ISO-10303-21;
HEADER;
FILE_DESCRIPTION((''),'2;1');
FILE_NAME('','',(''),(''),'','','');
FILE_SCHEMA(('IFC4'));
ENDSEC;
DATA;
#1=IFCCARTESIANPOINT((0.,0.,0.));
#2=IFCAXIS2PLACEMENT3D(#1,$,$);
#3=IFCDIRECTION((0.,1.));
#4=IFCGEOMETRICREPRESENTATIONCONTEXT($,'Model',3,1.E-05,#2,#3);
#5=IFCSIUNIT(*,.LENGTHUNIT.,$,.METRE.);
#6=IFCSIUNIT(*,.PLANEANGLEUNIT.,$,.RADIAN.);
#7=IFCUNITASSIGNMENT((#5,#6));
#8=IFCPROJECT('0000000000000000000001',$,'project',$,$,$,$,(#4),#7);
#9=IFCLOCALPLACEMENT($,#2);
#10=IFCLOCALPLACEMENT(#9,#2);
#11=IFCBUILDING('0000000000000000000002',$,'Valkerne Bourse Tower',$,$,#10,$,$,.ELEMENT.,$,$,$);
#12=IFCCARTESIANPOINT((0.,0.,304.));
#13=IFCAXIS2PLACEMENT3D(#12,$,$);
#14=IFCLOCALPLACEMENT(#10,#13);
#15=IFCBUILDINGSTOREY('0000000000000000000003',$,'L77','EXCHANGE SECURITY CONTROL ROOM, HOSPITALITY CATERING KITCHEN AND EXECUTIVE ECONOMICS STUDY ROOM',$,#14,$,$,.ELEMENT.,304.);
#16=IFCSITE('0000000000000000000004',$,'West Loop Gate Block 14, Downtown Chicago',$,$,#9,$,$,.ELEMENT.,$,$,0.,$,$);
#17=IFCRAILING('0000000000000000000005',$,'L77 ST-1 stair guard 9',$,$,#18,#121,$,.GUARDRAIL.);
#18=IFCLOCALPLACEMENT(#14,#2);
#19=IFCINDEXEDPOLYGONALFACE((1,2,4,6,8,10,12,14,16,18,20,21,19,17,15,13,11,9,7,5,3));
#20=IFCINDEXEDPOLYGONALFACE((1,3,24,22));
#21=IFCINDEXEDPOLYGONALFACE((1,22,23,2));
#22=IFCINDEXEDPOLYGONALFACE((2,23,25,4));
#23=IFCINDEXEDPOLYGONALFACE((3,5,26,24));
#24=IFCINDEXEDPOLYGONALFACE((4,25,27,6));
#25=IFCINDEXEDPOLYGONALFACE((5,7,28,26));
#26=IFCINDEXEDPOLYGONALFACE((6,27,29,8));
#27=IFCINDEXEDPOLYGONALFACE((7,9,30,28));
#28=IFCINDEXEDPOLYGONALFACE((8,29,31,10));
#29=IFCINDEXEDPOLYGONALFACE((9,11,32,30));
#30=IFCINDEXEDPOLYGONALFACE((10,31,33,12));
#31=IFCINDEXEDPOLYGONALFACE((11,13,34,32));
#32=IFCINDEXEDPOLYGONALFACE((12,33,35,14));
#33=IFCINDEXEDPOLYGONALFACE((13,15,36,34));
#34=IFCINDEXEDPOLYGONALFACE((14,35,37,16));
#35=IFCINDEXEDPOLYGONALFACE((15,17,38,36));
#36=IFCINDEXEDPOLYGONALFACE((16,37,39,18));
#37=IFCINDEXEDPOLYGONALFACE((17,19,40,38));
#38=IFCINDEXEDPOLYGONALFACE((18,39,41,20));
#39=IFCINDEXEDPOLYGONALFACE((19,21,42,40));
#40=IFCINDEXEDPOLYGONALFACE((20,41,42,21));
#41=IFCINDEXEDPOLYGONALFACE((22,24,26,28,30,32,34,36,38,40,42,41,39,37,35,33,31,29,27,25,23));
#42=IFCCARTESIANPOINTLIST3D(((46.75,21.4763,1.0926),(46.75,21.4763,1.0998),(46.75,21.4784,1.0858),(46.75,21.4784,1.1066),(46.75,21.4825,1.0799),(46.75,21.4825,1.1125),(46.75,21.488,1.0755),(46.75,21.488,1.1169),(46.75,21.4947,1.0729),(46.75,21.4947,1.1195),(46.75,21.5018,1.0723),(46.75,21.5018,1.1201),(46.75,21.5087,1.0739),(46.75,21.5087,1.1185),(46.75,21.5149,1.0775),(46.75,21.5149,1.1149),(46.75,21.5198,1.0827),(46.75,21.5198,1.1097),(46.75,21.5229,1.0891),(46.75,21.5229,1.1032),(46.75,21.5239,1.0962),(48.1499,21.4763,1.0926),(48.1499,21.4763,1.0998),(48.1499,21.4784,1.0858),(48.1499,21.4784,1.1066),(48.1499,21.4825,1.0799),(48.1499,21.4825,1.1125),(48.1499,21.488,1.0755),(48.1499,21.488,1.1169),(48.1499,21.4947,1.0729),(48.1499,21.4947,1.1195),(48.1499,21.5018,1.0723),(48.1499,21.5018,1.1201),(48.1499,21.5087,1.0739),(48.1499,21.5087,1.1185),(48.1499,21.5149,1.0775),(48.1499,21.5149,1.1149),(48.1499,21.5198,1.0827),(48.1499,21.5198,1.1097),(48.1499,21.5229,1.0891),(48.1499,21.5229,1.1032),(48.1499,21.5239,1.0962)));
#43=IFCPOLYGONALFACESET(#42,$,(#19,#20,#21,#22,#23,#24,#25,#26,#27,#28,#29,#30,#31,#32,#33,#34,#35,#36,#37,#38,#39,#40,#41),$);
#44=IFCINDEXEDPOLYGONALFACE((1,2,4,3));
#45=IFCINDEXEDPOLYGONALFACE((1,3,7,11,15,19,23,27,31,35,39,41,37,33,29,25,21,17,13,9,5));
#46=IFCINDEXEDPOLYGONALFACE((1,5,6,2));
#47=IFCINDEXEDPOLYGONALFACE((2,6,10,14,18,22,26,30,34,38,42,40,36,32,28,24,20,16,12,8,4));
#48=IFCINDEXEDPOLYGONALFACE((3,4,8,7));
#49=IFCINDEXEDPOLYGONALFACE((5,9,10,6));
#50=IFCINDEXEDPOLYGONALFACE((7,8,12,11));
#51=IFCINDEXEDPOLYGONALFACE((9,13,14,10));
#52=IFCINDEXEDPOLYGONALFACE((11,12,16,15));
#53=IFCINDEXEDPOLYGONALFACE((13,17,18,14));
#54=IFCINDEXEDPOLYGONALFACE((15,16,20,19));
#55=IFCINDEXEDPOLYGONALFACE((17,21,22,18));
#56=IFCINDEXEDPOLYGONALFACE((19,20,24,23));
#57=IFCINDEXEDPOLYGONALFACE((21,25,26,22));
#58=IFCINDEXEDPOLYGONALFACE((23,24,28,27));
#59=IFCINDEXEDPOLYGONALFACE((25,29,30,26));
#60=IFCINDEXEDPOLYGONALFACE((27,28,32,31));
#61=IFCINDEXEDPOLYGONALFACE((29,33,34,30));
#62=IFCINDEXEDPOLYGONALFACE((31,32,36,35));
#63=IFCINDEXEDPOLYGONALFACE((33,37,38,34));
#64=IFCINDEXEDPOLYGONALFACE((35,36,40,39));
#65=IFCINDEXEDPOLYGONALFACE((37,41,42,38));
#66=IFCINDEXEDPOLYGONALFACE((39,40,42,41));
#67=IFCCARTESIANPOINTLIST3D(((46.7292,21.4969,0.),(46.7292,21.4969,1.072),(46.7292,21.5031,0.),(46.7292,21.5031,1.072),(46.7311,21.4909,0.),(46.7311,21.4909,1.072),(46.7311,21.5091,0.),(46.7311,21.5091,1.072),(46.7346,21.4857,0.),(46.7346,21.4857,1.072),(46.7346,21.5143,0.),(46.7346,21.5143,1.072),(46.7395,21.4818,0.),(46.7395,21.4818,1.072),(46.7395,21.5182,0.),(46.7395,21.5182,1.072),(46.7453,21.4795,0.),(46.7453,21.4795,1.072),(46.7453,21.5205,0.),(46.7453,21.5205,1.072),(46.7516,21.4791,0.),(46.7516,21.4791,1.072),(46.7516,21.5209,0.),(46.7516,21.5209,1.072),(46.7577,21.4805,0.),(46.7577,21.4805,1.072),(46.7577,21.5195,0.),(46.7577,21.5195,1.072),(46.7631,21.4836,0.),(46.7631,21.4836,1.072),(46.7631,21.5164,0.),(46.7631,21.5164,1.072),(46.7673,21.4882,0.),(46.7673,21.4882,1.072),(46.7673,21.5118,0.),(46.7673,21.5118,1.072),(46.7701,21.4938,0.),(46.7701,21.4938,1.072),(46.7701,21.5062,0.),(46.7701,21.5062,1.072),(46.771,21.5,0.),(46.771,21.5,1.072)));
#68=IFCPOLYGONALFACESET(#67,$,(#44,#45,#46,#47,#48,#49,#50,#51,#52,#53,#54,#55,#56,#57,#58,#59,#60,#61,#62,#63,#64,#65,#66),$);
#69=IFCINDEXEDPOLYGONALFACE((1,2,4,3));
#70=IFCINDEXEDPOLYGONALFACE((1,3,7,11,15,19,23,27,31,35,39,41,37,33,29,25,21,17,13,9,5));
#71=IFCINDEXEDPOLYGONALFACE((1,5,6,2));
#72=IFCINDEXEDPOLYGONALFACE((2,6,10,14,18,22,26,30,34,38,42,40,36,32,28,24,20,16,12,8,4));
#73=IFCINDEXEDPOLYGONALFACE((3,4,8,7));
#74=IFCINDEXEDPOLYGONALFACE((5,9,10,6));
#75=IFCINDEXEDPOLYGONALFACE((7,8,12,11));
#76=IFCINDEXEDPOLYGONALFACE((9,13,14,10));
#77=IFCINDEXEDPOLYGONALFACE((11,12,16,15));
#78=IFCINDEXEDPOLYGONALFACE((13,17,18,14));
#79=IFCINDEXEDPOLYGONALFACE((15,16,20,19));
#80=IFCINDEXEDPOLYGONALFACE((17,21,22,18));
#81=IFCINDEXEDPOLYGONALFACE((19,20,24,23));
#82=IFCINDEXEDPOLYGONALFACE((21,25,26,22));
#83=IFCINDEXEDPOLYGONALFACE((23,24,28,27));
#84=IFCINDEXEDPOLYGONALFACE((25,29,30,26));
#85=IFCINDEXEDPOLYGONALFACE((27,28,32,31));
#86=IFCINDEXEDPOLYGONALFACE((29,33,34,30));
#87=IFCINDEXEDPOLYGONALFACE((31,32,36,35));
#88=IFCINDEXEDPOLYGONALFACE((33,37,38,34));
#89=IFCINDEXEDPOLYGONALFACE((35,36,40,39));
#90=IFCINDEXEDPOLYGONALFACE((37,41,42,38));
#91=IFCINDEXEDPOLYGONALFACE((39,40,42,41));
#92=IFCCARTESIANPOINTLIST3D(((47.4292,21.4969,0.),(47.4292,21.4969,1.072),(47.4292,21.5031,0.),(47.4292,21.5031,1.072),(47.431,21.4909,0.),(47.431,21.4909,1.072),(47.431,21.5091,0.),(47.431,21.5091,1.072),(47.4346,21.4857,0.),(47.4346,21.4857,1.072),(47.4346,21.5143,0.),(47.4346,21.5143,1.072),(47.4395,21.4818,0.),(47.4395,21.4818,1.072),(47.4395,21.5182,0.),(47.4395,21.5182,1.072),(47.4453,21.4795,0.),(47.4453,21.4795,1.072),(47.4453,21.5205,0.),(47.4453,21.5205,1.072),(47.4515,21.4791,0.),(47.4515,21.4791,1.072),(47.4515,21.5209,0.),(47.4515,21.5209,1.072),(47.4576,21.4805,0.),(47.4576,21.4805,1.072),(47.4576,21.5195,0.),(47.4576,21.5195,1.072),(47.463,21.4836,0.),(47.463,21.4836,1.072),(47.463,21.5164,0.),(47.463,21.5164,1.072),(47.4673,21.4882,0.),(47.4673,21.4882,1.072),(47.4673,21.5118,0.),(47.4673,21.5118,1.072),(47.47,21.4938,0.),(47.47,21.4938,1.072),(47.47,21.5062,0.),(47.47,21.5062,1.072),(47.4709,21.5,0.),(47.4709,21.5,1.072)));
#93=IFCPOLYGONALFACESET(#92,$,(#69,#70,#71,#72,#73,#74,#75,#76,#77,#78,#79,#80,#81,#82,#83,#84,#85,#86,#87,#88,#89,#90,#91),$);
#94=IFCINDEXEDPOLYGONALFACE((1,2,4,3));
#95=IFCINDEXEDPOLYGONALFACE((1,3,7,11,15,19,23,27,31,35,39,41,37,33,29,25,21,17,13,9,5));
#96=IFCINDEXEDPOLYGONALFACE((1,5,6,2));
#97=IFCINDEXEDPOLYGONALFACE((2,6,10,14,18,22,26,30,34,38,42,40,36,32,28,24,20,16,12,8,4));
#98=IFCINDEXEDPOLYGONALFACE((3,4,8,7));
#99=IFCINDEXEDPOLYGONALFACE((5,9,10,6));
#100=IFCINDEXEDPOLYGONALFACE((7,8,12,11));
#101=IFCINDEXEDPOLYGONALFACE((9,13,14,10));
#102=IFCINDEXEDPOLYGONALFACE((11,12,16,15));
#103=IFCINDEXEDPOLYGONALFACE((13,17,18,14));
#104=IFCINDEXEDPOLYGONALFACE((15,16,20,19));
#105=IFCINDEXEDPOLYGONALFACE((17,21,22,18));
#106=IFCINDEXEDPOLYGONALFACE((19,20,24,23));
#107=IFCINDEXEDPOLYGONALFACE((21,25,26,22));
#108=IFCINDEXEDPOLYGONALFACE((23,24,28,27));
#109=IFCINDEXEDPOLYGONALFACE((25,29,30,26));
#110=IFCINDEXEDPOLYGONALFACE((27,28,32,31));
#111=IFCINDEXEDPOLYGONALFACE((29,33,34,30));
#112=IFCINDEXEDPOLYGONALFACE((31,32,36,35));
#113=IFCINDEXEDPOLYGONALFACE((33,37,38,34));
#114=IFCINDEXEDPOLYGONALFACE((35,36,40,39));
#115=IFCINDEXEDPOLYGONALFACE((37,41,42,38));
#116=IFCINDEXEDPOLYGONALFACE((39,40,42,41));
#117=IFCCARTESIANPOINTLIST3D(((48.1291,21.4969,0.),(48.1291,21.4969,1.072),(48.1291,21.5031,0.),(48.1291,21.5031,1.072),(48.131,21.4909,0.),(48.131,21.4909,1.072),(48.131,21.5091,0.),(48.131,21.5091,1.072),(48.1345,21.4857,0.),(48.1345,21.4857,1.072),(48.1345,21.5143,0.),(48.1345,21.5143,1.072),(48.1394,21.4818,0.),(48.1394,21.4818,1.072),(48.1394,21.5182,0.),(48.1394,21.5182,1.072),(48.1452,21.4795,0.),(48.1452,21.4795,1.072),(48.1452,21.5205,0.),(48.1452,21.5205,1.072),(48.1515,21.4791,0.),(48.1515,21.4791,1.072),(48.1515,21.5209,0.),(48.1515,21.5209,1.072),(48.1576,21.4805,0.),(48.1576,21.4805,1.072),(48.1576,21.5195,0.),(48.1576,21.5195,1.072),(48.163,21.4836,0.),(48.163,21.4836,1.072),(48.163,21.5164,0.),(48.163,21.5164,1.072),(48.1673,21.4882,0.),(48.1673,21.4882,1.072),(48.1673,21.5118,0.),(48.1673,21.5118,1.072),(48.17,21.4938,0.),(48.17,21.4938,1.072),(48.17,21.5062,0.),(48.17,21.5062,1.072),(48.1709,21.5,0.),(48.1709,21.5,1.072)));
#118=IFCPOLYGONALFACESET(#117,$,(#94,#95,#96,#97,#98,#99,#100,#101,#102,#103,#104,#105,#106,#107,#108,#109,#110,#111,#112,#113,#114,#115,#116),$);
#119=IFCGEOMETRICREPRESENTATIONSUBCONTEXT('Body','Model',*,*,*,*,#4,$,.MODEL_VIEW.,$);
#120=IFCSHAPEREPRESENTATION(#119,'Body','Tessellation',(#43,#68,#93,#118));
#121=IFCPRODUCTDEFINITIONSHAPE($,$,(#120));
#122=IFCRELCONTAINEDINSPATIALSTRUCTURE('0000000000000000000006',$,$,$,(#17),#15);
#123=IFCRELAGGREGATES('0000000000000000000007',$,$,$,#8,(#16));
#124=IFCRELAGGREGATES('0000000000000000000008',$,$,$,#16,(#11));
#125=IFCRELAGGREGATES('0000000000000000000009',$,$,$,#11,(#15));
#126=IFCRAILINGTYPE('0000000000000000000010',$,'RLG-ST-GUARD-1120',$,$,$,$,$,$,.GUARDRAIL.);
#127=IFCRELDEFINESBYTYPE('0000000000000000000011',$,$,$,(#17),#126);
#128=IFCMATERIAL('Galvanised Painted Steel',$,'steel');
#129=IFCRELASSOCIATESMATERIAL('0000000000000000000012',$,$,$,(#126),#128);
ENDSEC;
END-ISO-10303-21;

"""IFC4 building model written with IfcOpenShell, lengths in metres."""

from ifc_helpers import new_model, si_unit, direction, frame, origin, origin_2d, place, context, subcontext, project, spatial, circle, extrude, material, type_object, element, save


model = new_model("IFC4")

# Units and contexts
model_context = context("Model", 3, precision=1e-05, world=origin(), true_north=direction((0.0, 1.0)))
body_context = subcontext(model_context, "Body", "Model", "MODEL_VIEW")
ifc_project = project(units=[si_unit("LENGTHUNIT", "METRE"), si_unit("PLANEANGLEUNIT", "RADIAN")], contexts=[model_context])

# Site, building, storey
site_placement = place(None, origin())
site = spatial("IfcSite", under=ifc_project, at=site_placement, Name="West Loop Gate Block 14, Downtown Chicago", CompositionType="ELEMENT", RefElevation=0.0)
building_placement = place(site_placement, origin())
building = spatial("IfcBuilding", under=site, at=building_placement, Name="Valkerne Bourse Tower", CompositionType="ELEMENT")
storey_placement = place(building_placement, frame((0.0, 0.0, 304.0)))
storey = spatial("IfcBuildingStorey", under=building, at=storey_placement, Name="L77", Description="EXCHANGE SECURITY CONTROL ROOM, HOSPITALITY CATERING KITCHEN AND EXECUTIVE ECONOMICS STUDY ROOM", CompositionType="ELEMENT", Elevation=304.0)

# Shared definitions
ifc_material_1 = material(Name="Galvanised Painted Steel", Category="steel")

# Railing
railing_type_1 = type_object("IfcRailingType", Name="RLG-ST-GUARD-1120", PredefinedType="GUARDRAIL", material=ifc_material_1)
for number, where, name in (
    (1, (46.75, 21.5, 0.0), "L77 ST-1 stair guard 9"),
):
    element("IfcRailing", number, at=place(storey_placement, frame(where)), inside=storey, type_object=railing_type_1, Name=name, PredefinedType="GUARDRAIL", context=body_context, shape_type="SweptSolid", body=[
        extrude(circle(Radius=0.0239, at=origin_2d()), frame((0.0, 0.0, 1.0962), z_axis=(1.0, 0.0, 0.0), x_axis=(0.0, 1.0, 0.0)), (0.0, 0.0, 1.0), 1.3999),
        extrude(circle(Radius=0.021, at=origin_2d()), origin(), (0.0, 0.0, 1.0), 1.072),
        extrude(circle(Radius=0.021, at=origin_2d()), frame((0.7, 0.0, 0.0)), (0.0, 0.0, 1.0), 1.072),
        extrude(circle(Radius=0.021, at=origin_2d()), frame((1.3999, 0.0, 0.0)), (0.0, 0.0, 1.0), 1.072),
    ])

save(model, "model.ifc")
